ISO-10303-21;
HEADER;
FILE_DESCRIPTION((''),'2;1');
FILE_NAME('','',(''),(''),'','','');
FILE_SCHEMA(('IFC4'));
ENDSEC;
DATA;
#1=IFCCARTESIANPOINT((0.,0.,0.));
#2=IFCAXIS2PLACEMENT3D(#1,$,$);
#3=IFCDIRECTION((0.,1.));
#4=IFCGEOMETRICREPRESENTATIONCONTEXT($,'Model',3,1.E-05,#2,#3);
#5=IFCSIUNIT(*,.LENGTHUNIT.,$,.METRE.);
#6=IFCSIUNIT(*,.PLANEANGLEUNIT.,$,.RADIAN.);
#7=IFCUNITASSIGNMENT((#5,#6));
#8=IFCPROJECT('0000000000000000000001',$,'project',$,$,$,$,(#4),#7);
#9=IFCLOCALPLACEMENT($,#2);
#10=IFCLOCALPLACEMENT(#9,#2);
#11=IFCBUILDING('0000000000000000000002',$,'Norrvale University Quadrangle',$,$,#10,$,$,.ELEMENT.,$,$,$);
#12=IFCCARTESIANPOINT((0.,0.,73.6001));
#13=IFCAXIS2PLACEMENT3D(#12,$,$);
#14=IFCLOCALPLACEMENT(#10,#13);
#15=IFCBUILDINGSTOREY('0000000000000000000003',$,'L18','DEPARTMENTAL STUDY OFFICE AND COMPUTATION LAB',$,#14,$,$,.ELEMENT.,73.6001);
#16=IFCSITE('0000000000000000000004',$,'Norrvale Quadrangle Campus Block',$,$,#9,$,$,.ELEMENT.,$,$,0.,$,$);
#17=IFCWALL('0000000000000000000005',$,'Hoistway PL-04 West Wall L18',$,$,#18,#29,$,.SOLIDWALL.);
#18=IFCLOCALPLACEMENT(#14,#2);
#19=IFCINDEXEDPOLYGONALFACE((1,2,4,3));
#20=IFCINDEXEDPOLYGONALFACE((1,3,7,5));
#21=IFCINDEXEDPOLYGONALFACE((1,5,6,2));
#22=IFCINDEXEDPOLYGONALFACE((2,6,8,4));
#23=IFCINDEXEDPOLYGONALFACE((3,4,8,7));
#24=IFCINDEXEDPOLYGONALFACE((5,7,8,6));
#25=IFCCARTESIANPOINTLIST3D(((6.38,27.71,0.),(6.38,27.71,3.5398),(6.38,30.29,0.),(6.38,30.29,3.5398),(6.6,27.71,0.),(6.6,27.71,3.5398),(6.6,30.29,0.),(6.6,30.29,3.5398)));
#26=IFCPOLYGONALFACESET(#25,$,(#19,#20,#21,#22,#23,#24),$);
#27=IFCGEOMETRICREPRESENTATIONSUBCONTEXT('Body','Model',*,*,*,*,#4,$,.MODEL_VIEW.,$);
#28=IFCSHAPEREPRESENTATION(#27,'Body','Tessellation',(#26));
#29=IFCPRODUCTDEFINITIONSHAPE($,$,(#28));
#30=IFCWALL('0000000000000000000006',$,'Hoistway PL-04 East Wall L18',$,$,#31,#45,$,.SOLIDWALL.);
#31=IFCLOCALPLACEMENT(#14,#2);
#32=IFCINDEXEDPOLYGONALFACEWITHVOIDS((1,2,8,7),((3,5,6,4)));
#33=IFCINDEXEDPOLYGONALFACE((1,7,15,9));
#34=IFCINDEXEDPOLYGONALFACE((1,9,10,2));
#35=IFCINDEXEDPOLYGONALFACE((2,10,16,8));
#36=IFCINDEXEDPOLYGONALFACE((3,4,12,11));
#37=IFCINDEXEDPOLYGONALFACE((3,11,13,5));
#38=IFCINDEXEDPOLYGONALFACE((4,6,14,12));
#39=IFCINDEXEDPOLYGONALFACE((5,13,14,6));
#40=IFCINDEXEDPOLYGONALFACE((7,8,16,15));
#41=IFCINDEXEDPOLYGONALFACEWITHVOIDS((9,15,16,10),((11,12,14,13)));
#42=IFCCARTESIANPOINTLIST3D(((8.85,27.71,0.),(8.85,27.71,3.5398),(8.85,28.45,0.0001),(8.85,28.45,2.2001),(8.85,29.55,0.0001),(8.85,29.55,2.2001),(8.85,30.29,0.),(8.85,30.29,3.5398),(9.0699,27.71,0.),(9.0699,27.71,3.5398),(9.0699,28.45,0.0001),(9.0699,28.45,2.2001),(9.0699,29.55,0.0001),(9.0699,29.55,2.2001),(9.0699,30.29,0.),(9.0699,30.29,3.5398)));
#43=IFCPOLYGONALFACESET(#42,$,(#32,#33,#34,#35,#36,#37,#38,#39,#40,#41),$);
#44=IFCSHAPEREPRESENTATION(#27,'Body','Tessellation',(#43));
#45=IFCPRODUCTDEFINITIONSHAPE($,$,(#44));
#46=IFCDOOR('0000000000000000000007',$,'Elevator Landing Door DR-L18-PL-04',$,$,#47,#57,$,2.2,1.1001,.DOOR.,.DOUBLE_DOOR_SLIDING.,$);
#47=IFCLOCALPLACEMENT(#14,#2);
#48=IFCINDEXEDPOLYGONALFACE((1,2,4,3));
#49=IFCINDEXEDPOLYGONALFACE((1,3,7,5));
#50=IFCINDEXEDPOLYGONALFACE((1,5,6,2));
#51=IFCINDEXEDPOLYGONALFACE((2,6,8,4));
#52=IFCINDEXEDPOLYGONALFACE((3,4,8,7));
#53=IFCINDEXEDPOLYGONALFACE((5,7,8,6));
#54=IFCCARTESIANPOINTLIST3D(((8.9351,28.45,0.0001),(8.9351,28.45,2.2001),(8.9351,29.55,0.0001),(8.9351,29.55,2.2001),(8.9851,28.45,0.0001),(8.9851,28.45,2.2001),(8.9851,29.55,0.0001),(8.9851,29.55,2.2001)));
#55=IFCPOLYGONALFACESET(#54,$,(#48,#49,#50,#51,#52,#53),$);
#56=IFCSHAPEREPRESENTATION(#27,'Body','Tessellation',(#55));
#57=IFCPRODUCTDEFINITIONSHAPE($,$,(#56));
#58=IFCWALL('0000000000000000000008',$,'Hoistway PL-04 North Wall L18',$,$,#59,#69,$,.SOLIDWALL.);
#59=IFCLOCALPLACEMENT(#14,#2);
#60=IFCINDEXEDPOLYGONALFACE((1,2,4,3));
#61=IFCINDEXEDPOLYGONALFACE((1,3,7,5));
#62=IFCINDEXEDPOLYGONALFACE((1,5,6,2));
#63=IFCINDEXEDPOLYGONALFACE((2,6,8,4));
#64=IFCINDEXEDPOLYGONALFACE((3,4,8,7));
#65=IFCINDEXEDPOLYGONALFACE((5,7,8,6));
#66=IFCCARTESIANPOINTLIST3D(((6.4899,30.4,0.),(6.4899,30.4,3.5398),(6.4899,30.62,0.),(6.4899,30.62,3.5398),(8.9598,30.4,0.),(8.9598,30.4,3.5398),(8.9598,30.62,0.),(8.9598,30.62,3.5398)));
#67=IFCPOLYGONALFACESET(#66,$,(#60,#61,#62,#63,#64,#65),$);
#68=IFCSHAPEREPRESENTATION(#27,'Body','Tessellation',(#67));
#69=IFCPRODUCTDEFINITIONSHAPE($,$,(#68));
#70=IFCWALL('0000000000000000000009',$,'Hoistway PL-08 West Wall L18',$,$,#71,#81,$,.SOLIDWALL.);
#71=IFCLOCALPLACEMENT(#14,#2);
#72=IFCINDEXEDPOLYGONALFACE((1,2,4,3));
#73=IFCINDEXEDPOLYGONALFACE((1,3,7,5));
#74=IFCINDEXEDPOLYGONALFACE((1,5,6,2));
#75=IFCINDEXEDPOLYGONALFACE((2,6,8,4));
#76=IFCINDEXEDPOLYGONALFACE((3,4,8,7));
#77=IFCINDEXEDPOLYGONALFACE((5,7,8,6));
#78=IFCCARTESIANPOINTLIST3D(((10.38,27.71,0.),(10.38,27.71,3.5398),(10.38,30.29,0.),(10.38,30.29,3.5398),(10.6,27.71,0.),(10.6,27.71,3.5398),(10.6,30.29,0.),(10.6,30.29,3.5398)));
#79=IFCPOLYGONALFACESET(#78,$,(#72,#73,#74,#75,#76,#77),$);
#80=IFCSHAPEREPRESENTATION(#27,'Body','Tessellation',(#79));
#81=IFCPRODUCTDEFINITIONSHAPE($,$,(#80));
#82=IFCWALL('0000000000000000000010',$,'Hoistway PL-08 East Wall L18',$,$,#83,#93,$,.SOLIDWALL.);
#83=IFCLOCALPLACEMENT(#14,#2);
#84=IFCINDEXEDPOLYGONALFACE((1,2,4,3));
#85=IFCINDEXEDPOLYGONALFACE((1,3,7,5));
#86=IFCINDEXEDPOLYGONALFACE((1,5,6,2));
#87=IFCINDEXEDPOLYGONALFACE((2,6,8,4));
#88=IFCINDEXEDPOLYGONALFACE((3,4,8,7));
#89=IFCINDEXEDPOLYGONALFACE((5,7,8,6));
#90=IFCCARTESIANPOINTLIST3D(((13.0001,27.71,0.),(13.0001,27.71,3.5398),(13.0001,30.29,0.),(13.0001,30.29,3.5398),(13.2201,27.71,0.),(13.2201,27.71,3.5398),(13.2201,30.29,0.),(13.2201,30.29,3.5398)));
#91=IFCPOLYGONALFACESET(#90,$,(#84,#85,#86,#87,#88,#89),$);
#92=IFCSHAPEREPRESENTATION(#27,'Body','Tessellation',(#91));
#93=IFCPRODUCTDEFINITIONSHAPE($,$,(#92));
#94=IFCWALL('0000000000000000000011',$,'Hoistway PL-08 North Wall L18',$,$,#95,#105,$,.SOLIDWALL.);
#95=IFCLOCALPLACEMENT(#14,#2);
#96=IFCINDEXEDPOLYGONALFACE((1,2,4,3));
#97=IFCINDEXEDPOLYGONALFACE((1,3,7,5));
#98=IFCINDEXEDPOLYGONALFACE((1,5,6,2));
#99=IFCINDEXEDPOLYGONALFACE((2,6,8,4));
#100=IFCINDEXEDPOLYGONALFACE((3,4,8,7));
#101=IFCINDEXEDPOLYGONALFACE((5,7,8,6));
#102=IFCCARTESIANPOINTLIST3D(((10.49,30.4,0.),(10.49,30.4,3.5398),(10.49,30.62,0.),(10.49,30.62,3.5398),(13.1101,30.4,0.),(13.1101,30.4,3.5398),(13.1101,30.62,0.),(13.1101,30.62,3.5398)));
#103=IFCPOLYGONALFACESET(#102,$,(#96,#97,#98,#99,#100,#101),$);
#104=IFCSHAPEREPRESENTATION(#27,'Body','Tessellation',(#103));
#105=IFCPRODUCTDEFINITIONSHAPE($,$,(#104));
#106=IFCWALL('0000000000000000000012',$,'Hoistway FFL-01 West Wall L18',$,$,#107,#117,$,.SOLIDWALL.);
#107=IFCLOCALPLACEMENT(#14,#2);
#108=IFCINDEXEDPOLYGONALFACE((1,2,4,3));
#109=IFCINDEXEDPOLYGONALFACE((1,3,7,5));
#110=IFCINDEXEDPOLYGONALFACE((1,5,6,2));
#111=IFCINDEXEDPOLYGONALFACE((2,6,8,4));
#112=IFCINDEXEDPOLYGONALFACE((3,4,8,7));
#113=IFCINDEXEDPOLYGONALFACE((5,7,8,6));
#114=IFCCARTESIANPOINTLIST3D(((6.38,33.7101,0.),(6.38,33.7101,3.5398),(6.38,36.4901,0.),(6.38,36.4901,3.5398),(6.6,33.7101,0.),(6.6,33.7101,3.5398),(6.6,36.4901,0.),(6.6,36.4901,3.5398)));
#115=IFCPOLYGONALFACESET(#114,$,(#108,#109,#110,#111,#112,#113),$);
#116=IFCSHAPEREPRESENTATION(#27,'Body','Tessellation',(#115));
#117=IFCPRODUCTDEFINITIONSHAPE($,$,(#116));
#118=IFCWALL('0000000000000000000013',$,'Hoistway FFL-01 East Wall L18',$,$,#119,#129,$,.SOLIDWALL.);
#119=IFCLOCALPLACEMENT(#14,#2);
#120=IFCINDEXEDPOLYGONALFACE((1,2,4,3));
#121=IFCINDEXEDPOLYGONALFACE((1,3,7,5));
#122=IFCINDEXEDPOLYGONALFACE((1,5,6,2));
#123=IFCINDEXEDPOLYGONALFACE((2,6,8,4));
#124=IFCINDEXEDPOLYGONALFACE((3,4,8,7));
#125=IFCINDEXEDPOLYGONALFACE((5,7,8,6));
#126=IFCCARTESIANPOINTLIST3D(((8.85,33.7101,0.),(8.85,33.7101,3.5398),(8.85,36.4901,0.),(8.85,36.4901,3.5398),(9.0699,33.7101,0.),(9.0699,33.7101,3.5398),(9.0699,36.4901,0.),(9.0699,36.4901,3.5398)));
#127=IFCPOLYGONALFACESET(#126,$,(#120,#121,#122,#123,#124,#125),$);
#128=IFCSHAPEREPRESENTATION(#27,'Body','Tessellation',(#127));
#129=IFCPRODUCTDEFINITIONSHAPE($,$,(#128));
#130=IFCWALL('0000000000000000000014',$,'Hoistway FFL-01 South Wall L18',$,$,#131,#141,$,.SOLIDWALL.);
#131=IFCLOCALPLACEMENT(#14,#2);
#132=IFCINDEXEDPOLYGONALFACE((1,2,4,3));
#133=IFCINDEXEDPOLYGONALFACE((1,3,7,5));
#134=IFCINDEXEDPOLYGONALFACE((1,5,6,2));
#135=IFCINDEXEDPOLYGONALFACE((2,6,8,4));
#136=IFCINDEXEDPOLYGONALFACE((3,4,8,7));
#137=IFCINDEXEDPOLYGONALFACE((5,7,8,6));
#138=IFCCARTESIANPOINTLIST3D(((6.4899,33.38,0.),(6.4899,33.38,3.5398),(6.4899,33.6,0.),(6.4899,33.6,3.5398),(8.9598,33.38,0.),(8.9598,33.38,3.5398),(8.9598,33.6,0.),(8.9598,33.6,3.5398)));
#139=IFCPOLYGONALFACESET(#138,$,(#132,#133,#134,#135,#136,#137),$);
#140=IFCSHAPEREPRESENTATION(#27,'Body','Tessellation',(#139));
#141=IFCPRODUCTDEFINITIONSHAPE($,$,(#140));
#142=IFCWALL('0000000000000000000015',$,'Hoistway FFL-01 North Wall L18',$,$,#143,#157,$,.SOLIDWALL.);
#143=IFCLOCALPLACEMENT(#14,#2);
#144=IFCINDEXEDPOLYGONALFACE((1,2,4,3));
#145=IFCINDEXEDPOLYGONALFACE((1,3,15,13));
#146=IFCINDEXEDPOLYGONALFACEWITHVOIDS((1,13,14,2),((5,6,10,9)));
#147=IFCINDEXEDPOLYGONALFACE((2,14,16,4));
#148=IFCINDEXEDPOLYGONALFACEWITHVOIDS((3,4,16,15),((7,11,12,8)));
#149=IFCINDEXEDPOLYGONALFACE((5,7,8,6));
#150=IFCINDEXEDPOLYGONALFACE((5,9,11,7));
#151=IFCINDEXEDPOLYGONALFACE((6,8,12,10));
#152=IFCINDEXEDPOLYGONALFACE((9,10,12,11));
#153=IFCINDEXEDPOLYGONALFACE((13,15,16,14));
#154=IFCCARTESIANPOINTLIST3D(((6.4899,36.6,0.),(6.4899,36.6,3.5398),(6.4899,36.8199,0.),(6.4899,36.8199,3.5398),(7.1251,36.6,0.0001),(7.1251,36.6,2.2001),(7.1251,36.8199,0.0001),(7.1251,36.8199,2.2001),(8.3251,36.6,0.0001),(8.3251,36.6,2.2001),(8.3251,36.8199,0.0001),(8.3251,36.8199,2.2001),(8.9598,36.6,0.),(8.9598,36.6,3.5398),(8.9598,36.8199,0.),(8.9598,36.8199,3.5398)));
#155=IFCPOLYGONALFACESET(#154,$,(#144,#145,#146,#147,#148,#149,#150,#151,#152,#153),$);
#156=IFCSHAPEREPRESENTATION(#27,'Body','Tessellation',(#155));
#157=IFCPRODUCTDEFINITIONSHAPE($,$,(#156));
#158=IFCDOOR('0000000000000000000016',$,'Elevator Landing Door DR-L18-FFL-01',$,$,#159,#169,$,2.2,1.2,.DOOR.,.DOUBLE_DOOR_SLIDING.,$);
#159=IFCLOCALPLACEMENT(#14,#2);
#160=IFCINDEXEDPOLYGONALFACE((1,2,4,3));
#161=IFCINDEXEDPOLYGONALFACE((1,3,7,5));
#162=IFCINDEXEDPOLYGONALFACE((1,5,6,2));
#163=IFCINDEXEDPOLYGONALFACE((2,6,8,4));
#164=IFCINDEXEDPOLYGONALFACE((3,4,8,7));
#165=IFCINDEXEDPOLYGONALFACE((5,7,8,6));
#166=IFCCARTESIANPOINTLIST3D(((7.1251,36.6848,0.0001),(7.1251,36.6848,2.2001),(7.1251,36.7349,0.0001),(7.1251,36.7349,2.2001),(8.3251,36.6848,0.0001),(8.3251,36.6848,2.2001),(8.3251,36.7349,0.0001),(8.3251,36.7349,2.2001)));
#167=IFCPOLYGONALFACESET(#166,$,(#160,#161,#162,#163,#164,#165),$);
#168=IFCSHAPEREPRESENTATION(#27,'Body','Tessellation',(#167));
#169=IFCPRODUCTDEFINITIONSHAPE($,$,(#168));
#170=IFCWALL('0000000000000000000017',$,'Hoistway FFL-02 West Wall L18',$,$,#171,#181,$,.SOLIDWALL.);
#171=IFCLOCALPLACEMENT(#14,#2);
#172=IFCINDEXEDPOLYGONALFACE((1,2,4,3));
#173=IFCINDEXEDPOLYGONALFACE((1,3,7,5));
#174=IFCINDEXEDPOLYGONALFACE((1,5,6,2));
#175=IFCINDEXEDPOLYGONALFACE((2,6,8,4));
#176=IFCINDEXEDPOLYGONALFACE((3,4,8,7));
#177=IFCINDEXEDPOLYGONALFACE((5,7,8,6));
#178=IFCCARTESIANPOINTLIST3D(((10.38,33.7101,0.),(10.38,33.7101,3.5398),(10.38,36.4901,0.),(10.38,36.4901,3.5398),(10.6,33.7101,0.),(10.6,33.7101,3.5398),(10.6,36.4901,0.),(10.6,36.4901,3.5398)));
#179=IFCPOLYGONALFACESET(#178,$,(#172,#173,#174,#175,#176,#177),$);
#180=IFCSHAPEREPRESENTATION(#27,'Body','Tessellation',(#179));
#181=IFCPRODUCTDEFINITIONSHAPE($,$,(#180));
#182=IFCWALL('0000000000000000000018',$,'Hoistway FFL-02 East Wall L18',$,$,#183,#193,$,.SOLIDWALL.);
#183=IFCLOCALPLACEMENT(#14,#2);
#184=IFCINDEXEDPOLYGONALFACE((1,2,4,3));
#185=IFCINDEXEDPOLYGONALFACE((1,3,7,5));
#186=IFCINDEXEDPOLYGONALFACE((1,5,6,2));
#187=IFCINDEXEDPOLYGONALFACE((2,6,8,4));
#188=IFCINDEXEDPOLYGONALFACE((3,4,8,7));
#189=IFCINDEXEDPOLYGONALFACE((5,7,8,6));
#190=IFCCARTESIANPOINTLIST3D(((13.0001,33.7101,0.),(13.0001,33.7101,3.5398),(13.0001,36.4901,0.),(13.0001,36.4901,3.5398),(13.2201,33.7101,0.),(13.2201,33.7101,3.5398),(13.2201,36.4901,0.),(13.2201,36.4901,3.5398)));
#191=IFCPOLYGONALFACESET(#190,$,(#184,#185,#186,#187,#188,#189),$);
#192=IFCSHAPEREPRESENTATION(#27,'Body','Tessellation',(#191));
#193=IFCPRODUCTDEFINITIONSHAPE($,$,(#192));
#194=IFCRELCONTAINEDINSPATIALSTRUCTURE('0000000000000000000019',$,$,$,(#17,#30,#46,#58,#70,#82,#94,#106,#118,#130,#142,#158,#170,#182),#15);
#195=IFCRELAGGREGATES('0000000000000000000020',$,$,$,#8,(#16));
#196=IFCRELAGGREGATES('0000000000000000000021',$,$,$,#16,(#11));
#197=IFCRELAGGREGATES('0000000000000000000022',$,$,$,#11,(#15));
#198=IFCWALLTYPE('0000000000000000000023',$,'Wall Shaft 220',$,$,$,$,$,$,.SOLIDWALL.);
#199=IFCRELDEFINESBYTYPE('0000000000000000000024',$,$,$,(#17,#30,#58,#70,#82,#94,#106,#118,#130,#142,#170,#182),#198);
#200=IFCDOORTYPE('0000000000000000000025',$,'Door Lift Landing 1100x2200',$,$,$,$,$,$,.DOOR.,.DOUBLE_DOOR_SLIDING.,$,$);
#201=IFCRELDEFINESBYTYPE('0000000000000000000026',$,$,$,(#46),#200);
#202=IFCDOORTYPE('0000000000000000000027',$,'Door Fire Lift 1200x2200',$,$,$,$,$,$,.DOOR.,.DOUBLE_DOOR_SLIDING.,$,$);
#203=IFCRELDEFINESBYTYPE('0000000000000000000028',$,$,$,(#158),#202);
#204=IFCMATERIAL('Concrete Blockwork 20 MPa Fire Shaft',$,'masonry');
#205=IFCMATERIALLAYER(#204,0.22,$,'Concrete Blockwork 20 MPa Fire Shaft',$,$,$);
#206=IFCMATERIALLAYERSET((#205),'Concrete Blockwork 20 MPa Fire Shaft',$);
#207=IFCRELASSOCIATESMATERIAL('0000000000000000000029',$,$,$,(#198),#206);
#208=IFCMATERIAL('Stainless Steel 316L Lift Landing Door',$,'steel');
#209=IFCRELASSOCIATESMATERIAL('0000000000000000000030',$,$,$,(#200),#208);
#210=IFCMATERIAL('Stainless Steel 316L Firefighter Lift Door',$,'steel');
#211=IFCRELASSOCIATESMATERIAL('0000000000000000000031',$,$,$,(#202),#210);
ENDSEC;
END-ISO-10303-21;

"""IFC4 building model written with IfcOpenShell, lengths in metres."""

from ifc_helpers import new_model, si_unit, direction, frame, frame_2d, origin, place, context, subcontext, project, spatial, rectangle, extrude, material, layer, layer_set, type_object, element, fill, save


model = new_model("IFC4")

# Units and contexts
model_context = context("Model", 3, precision=1e-05, world=origin(), true_north=direction((0.0, 1.0)))
body_context = subcontext(model_context, "Body", "Model", "MODEL_VIEW")
ifc_project = project(units=[si_unit("LENGTHUNIT", "METRE"), si_unit("PLANEANGLEUNIT", "RADIAN")], contexts=[model_context])

# Site, building, storey
site_placement = place(None, origin())
site = spatial("IfcSite", under=ifc_project, at=site_placement, Name="Norrvale Quadrangle Campus Block", CompositionType="ELEMENT", RefElevation=0.0)
building_placement = place(site_placement, origin())
building = spatial("IfcBuilding", under=site, at=building_placement, Name="Norrvale University Quadrangle", CompositionType="ELEMENT")
storey_placement = place(building_placement, frame((0.0, 0.0, 73.6001)))
storey = spatial("IfcBuildingStorey", under=building, at=storey_placement, Name="L18", Description="DEPARTMENTAL STUDY OFFICE AND COMPUTATION LAB", CompositionType="ELEMENT", Elevation=73.6001)

# Wall
ifc_material_1 = material(Name="Concrete Blockwork 20 MPa Fire Shaft", Category="masonry")
ifc_layer_1 = layer(ifc_material_1, 0.22, Name="Concrete Blockwork 20 MPa Fire Shaft")
ifc_layer_set_1 = layer_set([ifc_layer_1], Name="Concrete Blockwork 20 MPa Fire Shaft")
wall_type_1 = type_object("IfcWallType", Name="Wall Shaft 220", PredefinedType="SOLIDWALL", material=ifc_layer_set_1)
wall_1_placement = place(storey_placement, frame((6.49, 27.71, 0.0), z_axis=(0.0, 0.0, 1.0), x_axis=(0.0, 1.0, 0.0)))
element("IfcWall", 1, at=wall_1_placement, inside=storey, type_object=wall_type_1, Name="Hoistway PL-04 West Wall L18", PredefinedType="SOLIDWALL", context=body_context, shape_type="SweptSolid", body=[
    extrude(rectangle(XDim=2.5801, YDim=0.22, at=frame_2d((1.29, 0.0))), origin(), (0.0, 0.0, 1.0), 3.5398),
])

# Wall, opening, door
wall_2_placement = place(storey_placement, frame((8.96, 27.71, 0.0), z_axis=(0.0, 0.0, 1.0), x_axis=(0.0, 1.0, 0.0)))
wall_2 = element("IfcWall", 2, at=wall_2_placement, inside=storey, type_object=wall_type_1, Name="Hoistway PL-04 East Wall L18", PredefinedType="SOLIDWALL", context=body_context, shape_type="SweptSolid", body=[
    extrude(rectangle(XDim=2.5801, YDim=0.22, at=frame_2d((1.29, 0.0))), origin(), (0.0, 0.0, 1.0), 3.5398),
])
opening_1_placement = place(wall_2_placement, frame((0.74, 0.0, 0.0)))
opening_1 = element("IfcOpeningElement", 3, at=opening_1_placement, cuts=wall_2, PredefinedType="OPENING", context=body_context, shape_type="SweptSolid", body=[
    extrude(rectangle(XDim=1.1001, YDim=2.2, at=frame_2d((0.55, 1.1001))), frame((0.0, 0.1221, 0.0), z_axis=(0.0, -1.0, 0.0), x_axis=(1.0, 0.0, 0.0)), (0.0, 0.0, 1.0), 0.2439),
])
ifc_material_2 = material(Name="Stainless Steel 316L Lift Landing Door", Category="steel")
door_type_1 = type_object("IfcDoorType", Name="Door Lift Landing 1100x2200", OperationType="DOUBLE_DOOR_SLIDING", PredefinedType="DOOR", material=ifc_material_2)
door_1_placement = place(opening_1_placement, origin())
door_1 = element("IfcDoor", 4, at=door_1_placement, inside=storey, type_object=door_type_1, Name="Elevator Landing Door DR-L18-PL-04", OperationType="DOUBLE_DOOR_SLIDING", OverallHeight=2.2, OverallWidth=1.1001, PredefinedType="DOOR", context=body_context, shape_type="SweptSolid", body=[
    extrude(rectangle(XDim=1.1001, YDim=2.2, at=frame_2d((0.55, 1.1001))), frame((0.0, 0.0249, 0.0), z_axis=(0.0, -1.0, 0.0), x_axis=(1.0, 0.0, 0.0)), (0.0, 0.0, 1.0), 0.05),
])
fill(opening_1, door_1)

# Walls
wall_3_placement = place(storey_placement, frame((6.49, 30.51, 0.0), z_axis=(0.0, 0.0, 1.0), x_axis=(1.0, 0.0, 0.0)))
element("IfcWall", 5, at=wall_3_placement, inside=storey, type_object=wall_type_1, Name="Hoistway PL-04 North Wall L18", PredefinedType="SOLIDWALL", context=body_context, shape_type="SweptSolid", body=[
    extrude(rectangle(XDim=2.47, YDim=0.22, at=frame_2d((1.2349, 0.0))), origin(), (0.0, 0.0, 1.0), 3.5398),
])
for number, where, z_axis, x_axis, name in (
    (6, (10.49, 27.71, 0.0), (0.0, 0.0, 1.0), (0.0, 1.0, 0.0), "Hoistway PL-08 West Wall L18"),
    (7, (13.1101, 27.71, 0.0), (0.0, 0.0, 1.0), (0.0, 1.0, 0.0), "Hoistway PL-08 East Wall L18"),
):
    element("IfcWall", number, at=place(storey_placement, frame(where, z_axis=z_axis, x_axis=x_axis)), inside=storey, type_object=wall_type_1, Name=name, PredefinedType="SOLIDWALL", context=body_context, shape_type="SweptSolid", body=[
        extrude(rectangle(XDim=2.5801, YDim=0.22, at=frame_2d((1.29, 0.0))), origin(), (0.0, 0.0, 1.0), 3.5398),
    ])
wall_4_placement = place(storey_placement, frame((10.49, 30.51, 0.0), z_axis=(0.0, 0.0, 1.0), x_axis=(1.0, 0.0, 0.0)))
element("IfcWall", 8, at=wall_4_placement, inside=storey, type_object=wall_type_1, Name="Hoistway PL-08 North Wall L18", PredefinedType="SOLIDWALL", context=body_context, shape_type="SweptSolid", body=[
    extrude(rectangle(XDim=2.6201, YDim=0.22, at=frame_2d((1.3101, 0.0))), origin(), (0.0, 0.0, 1.0), 3.5398),
])
for number, where, z_axis, x_axis, name in (
    (9, (6.49, 33.71, 0.0), (0.0, 0.0, 1.0), (0.0, 1.0, 0.0), "Hoistway FFL-01 West Wall L18"),
    (10, (8.96, 33.71, 0.0), (0.0, 0.0, 1.0), (0.0, 1.0, 0.0), "Hoistway FFL-01 East Wall L18"),
):
    element("IfcWall", number, at=place(storey_placement, frame(where, z_axis=z_axis, x_axis=x_axis)), inside=storey, type_object=wall_type_1, Name=name, PredefinedType="SOLIDWALL", context=body_context, shape_type="SweptSolid", body=[
        extrude(rectangle(XDim=2.78, YDim=0.22, at=frame_2d((1.3901, 0.0))), origin(), (0.0, 0.0, 1.0), 3.5398),
    ])
wall_5_placement = place(storey_placement, frame((6.49, 33.49, 0.0), z_axis=(0.0, 0.0, 1.0), x_axis=(1.0, 0.0, 0.0)))
element("IfcWall", 11, at=wall_5_placement, inside=storey, type_object=wall_type_1, Name="Hoistway FFL-01 South Wall L18", PredefinedType="SOLIDWALL", context=body_context, shape_type="SweptSolid", body=[
    extrude(rectangle(XDim=2.47, YDim=0.22, at=frame_2d((1.2349, 0.0))), origin(), (0.0, 0.0, 1.0), 3.5398),
])

# Wall, opening, door
wall_6_placement = place(storey_placement, frame((6.49, 36.71, 0.0), z_axis=(0.0, 0.0, 1.0), x_axis=(1.0, 0.0, 0.0)))
wall_6 = element("IfcWall", 12, at=wall_6_placement, inside=storey, type_object=wall_type_1, Name="Hoistway FFL-01 North Wall L18", PredefinedType="SOLIDWALL", context=body_context, shape_type="SweptSolid", body=[
    extrude(rectangle(XDim=2.47, YDim=0.22, at=frame_2d((1.2349, 0.0))), origin(), (0.0, 0.0, 1.0), 3.5398),
])
opening_2_placement = place(wall_6_placement, frame((0.635, 0.0, 0.0)))
opening_2 = element("IfcOpeningElement", 13, at=opening_2_placement, cuts=wall_6, PredefinedType="OPENING", context=body_context, shape_type="SweptSolid", body=[
    extrude(rectangle(XDim=1.2, YDim=2.2, at=frame_2d((0.6001, 1.1001))), frame((0.0, 0.1221, 0.0), z_axis=(0.0, -1.0, 0.0), x_axis=(1.0, 0.0, 0.0)), (0.0, 0.0, 1.0), 0.2439),
])
ifc_material_3 = material(Name="Stainless Steel 316L Firefighter Lift Door", Category="steel")
door_type_2 = type_object("IfcDoorType", Name="Door Fire Lift 1200x2200", OperationType="DOUBLE_DOOR_SLIDING", PredefinedType="DOOR", material=ifc_material_3)
door_2_placement = place(opening_2_placement, origin())
door_2 = element("IfcDoor", 14, at=door_2_placement, inside=storey, type_object=door_type_2, Name="Elevator Landing Door DR-L18-FFL-01", OperationType="DOUBLE_DOOR_SLIDING", OverallHeight=2.2, OverallWidth=1.2, PredefinedType="DOOR", context=body_context, shape_type="SweptSolid", body=[
    extrude(rectangle(XDim=1.2, YDim=2.2, at=frame_2d((0.6001, 1.1001))), frame((0.0, 0.0249, 0.0), z_axis=(0.0, -1.0, 0.0), x_axis=(1.0, 0.0, 0.0)), (0.0, 0.0, 1.0), 0.05),
])
fill(opening_2, door_2)

# Walls
for number, where, z_axis, x_axis, name in (
    (15, (10.49, 33.71, 0.0), (0.0, 0.0, 1.0), (0.0, 1.0, 0.0), "Hoistway FFL-02 West Wall L18"),
    (16, (13.1101, 33.71, 0.0), (0.0, 0.0, 1.0), (0.0, 1.0, 0.0), "Hoistway FFL-02 East Wall L18"),
):
    element("IfcWall", number, at=place(storey_placement, frame(where, z_axis=z_axis, x_axis=x_axis)), inside=storey, type_object=wall_type_1, Name=name, PredefinedType="SOLIDWALL", context=body_context, shape_type="SweptSolid", body=[
        extrude(rectangle(XDim=2.78, YDim=0.22, at=frame_2d((1.3901, 0.0))), origin(), (0.0, 0.0, 1.0), 3.5398),
    ])

save(model, "model.ifc")
